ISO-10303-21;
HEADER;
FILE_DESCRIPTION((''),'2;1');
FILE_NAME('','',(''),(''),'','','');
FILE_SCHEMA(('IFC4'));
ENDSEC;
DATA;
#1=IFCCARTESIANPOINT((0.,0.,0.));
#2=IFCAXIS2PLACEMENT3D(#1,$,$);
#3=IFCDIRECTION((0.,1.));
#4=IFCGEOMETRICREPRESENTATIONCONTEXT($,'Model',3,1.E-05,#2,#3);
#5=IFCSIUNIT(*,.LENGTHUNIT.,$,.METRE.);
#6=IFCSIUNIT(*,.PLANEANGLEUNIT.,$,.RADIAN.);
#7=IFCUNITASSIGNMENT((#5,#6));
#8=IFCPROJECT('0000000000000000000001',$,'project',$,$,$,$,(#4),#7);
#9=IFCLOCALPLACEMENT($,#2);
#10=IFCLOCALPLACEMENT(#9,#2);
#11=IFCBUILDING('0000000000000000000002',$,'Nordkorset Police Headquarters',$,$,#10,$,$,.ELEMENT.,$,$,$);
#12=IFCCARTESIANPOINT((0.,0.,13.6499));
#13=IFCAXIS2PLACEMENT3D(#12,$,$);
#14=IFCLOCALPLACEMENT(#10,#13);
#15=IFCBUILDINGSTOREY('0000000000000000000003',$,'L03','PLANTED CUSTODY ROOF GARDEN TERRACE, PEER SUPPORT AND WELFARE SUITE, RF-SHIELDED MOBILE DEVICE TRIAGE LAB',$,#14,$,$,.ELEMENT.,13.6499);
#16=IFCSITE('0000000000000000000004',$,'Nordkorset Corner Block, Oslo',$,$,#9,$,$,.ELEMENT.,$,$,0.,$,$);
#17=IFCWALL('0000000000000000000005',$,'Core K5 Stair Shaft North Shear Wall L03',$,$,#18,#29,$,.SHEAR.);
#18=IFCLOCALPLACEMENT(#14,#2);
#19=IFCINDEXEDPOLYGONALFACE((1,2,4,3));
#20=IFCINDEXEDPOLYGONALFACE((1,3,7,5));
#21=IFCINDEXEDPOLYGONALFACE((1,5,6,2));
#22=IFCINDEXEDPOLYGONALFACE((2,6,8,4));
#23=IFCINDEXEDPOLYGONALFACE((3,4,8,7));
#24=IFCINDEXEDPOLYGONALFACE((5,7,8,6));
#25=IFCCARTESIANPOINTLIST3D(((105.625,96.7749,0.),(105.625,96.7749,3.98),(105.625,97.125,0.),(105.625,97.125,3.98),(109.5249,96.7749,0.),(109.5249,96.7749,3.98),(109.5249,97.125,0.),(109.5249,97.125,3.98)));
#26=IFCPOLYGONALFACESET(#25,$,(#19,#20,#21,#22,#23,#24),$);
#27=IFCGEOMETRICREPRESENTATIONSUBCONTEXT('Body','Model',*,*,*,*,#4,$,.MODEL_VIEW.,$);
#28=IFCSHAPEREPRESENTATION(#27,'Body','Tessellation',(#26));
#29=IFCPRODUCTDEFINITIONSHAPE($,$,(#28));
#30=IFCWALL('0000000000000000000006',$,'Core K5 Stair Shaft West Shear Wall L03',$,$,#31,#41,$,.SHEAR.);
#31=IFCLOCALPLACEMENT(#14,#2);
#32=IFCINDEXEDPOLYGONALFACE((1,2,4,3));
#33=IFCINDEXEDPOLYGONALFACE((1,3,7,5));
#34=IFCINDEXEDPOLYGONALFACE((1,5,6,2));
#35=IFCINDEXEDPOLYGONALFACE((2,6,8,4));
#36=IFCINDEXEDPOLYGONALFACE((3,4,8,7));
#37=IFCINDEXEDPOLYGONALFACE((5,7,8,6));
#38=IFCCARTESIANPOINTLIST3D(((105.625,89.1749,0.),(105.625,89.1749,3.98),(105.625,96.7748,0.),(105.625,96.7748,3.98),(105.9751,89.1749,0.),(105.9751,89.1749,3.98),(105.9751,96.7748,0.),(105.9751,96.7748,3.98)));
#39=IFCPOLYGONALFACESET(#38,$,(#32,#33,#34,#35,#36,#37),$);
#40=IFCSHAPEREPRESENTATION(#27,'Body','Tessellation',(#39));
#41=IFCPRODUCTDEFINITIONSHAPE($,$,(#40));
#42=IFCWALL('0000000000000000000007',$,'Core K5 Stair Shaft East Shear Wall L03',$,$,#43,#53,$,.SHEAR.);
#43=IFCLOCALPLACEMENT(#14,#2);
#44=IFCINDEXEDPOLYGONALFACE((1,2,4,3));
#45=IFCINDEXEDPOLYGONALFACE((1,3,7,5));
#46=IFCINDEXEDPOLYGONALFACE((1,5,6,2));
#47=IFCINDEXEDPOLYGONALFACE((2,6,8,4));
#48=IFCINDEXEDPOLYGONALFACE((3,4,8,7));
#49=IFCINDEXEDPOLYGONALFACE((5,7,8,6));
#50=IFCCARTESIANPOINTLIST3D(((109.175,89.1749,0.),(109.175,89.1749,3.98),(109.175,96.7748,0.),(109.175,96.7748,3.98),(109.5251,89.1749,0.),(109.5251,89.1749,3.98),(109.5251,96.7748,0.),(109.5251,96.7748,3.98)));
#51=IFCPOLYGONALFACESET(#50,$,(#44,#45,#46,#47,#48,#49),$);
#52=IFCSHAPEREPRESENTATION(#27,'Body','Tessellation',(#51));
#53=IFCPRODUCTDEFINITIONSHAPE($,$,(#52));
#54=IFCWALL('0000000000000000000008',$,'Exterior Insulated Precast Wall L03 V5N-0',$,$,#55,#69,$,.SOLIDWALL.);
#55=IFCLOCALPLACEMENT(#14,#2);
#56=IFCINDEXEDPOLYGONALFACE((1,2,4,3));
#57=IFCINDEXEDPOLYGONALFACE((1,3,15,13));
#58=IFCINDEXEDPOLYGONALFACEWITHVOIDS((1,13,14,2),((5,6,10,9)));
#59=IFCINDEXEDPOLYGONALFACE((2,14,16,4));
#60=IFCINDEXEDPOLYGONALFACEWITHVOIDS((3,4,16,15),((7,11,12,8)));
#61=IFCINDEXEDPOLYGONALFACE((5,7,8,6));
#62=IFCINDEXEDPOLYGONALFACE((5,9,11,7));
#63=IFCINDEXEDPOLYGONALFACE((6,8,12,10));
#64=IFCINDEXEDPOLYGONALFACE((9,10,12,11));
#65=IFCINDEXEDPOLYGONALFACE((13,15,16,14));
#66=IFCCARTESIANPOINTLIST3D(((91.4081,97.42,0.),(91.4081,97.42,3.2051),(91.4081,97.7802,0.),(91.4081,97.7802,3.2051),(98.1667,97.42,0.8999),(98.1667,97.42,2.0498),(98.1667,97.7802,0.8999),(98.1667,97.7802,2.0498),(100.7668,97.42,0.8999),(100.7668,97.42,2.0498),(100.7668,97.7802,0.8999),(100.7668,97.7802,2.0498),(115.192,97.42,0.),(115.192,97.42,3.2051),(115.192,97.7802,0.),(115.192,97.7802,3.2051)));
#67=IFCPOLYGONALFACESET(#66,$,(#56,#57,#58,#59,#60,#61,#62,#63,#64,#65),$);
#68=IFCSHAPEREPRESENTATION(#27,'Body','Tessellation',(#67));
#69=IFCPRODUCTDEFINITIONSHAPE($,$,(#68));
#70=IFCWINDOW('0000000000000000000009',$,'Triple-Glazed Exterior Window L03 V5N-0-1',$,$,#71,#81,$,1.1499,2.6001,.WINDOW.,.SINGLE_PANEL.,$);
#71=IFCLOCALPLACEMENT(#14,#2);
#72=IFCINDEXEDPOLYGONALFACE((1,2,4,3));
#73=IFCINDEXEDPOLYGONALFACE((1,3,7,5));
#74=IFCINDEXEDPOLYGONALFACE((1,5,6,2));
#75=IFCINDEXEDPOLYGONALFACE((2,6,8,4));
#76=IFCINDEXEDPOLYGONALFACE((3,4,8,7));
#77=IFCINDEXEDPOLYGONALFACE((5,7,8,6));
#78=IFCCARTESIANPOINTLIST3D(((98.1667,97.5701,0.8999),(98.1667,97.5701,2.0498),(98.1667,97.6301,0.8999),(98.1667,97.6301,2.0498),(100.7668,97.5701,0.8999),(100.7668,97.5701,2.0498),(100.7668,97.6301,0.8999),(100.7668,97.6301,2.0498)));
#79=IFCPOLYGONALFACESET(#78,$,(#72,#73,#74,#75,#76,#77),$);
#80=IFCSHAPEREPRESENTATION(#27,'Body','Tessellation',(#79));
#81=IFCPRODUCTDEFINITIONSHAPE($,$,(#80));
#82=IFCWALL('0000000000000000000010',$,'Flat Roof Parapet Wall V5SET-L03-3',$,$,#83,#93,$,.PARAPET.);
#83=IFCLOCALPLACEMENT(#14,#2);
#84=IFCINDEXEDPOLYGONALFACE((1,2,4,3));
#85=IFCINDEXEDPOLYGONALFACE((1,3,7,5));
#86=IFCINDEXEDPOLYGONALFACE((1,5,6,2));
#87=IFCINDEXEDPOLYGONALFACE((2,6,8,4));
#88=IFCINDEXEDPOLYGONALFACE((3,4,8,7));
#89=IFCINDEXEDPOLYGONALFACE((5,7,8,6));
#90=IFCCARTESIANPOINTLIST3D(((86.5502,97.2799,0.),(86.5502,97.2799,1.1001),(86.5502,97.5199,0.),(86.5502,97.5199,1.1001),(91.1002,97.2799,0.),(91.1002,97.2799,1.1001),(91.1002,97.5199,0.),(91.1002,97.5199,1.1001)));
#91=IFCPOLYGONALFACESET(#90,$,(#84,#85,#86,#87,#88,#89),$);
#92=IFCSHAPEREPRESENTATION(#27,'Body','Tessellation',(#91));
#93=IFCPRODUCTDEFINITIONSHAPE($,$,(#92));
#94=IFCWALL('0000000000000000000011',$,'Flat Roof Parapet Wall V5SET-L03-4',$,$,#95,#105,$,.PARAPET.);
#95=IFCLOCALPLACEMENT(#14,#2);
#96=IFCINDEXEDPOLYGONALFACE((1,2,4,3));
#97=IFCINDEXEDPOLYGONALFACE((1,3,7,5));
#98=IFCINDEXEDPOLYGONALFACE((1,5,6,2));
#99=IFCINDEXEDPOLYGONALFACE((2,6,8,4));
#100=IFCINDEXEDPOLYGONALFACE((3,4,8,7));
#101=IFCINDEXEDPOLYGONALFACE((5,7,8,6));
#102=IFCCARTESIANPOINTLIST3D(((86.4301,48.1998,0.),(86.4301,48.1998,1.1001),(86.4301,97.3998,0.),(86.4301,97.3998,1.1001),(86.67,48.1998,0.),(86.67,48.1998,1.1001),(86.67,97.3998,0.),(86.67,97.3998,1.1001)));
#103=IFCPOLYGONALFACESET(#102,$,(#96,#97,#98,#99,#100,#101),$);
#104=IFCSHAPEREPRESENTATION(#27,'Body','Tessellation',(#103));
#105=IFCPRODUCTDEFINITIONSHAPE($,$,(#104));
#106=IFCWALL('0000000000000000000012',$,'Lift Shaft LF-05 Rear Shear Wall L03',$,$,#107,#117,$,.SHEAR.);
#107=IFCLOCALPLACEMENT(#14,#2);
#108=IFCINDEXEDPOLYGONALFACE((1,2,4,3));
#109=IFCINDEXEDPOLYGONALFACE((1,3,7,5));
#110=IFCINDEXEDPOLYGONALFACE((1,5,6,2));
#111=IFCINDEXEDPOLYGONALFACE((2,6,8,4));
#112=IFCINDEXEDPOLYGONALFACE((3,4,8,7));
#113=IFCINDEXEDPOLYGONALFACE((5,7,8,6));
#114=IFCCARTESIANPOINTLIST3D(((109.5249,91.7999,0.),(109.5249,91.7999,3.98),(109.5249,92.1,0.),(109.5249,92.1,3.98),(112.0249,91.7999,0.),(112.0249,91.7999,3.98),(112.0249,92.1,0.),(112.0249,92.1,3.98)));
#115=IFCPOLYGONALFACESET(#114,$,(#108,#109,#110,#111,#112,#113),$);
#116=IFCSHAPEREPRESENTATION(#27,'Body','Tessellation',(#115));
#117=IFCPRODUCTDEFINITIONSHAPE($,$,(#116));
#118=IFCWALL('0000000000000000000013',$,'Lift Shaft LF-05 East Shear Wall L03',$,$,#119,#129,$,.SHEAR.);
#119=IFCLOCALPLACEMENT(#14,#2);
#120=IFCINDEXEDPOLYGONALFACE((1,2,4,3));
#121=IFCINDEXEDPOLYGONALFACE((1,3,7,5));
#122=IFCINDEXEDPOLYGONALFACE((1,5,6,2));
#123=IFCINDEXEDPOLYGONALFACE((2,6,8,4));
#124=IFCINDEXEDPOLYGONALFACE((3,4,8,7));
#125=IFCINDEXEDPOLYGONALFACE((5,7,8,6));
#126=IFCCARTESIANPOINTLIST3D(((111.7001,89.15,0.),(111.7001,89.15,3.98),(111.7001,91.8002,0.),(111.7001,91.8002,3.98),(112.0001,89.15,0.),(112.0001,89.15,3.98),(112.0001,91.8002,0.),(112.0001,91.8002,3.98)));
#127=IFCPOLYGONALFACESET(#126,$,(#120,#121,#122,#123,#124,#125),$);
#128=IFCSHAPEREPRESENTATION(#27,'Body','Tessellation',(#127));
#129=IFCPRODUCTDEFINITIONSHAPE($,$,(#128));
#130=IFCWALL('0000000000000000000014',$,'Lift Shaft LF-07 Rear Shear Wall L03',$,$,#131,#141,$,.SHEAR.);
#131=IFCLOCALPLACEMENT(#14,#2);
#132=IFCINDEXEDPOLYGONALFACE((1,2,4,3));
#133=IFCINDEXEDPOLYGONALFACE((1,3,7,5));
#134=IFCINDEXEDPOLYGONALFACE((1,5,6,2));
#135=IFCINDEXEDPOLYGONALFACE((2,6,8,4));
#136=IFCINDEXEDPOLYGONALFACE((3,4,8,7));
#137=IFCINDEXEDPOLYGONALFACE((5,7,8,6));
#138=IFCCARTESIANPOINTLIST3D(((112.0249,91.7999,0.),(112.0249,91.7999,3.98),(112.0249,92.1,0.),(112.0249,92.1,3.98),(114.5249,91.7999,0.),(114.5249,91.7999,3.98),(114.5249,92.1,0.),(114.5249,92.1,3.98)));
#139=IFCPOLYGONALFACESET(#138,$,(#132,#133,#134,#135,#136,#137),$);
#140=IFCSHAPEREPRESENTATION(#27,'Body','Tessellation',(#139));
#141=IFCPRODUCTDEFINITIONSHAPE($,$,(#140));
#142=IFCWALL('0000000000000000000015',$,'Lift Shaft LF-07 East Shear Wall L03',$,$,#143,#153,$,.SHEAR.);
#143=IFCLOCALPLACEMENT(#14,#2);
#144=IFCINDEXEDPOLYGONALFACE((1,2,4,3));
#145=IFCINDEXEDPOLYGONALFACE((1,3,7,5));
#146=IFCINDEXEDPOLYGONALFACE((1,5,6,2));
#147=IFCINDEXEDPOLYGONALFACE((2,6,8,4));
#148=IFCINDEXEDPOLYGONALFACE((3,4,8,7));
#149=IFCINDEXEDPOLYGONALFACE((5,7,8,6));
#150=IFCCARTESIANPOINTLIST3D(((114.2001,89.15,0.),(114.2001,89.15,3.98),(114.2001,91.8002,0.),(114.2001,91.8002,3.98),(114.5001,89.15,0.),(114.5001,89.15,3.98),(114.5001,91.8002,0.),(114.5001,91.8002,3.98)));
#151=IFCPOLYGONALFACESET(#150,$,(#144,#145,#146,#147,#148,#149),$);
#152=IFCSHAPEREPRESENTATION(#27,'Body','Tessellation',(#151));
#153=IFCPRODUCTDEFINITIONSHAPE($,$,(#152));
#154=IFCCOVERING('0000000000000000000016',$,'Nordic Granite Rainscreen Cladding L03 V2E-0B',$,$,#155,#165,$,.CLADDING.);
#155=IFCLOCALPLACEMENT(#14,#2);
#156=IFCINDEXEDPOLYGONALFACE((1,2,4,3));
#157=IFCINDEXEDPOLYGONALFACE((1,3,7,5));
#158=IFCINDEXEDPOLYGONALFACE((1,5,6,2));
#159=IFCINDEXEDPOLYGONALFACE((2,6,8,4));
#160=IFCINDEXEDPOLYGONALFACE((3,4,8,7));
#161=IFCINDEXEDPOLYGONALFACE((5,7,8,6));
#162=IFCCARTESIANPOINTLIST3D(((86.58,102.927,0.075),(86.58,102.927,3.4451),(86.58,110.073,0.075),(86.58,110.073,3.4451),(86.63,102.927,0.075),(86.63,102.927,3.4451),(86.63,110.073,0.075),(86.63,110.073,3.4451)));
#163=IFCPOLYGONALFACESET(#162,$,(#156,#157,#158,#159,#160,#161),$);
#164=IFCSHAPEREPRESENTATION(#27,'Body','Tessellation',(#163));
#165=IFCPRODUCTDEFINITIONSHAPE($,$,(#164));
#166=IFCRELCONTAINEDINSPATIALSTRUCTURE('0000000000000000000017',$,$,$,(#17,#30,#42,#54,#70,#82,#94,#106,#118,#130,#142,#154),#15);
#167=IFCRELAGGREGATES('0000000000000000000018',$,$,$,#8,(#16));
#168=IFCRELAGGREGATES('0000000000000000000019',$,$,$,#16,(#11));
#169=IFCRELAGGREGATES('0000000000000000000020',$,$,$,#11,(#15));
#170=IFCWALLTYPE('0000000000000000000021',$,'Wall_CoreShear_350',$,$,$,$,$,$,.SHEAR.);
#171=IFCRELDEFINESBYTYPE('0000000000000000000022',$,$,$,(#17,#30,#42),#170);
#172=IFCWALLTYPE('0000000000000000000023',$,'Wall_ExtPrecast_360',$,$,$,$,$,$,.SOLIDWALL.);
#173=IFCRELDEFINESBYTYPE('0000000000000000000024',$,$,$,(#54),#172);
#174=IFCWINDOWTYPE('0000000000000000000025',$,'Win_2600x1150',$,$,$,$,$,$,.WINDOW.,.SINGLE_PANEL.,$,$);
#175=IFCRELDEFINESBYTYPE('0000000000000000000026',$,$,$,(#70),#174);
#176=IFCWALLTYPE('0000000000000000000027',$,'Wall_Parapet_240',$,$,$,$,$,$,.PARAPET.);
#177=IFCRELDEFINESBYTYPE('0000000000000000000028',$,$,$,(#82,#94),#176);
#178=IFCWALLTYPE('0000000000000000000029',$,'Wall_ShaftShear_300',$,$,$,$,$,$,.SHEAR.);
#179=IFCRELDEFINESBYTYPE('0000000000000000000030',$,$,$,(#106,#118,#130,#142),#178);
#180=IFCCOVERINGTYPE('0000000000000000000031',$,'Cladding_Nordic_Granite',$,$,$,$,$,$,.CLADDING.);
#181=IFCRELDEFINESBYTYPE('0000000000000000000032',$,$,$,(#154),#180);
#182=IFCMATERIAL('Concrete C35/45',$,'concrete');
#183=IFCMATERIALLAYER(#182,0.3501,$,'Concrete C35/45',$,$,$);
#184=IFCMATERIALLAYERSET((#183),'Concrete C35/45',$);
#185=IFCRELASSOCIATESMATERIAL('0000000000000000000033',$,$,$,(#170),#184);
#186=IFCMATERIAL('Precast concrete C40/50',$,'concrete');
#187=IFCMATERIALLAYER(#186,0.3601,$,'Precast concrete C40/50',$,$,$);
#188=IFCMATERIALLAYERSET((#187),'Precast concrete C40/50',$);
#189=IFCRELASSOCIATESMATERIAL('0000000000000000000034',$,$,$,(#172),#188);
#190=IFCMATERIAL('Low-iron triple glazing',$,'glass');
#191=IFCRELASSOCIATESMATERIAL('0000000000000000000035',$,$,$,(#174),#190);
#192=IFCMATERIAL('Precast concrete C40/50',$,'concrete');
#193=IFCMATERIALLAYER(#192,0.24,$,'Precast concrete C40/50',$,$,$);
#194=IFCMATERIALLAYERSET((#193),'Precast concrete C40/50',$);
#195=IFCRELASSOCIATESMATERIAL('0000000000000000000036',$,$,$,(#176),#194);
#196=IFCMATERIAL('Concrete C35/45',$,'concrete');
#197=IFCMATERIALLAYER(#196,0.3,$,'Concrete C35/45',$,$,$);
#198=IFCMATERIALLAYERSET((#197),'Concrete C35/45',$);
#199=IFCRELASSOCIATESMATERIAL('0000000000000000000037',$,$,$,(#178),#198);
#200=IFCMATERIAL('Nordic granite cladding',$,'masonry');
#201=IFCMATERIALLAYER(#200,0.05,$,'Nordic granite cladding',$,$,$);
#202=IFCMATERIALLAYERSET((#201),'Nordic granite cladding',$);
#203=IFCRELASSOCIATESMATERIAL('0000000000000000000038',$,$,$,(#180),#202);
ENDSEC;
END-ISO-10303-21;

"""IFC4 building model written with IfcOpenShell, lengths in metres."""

from ifc_helpers import new_model, si_unit, direction, frame, frame_2d, origin, origin_2d, place, context, subcontext, project, spatial, rectangle, extrude, material, layer, layer_set, type_object, element, fill, save


model = new_model("IFC4")

# Units and contexts
model_context = context("Model", 3, precision=1e-05, world=origin(), true_north=direction((0.0, 1.0)))
body_context = subcontext(model_context, "Body", "Model", "MODEL_VIEW")
ifc_project = project(units=[si_unit("LENGTHUNIT", "METRE"), si_unit("PLANEANGLEUNIT", "RADIAN")], contexts=[model_context])

# Site, building, storey
site_placement = place(None, origin())
site = spatial("IfcSite", under=ifc_project, at=site_placement, Name="Nordkorset Corner Block, Oslo", CompositionType="ELEMENT", RefElevation=0.0)
building_placement = place(site_placement, origin())
building = spatial("IfcBuilding", under=site, at=building_placement, Name="Nordkorset Police Headquarters", CompositionType="ELEMENT")
storey_placement = place(building_placement, frame((0.0, 0.0, 13.6499)))
storey = spatial("IfcBuildingStorey", under=building, at=storey_placement, Name="L03", Description="PLANTED CUSTODY ROOF GARDEN TERRACE, PEER SUPPORT AND WELFARE SUITE, RF-SHIELDED MOBILE DEVICE TRIAGE LAB", CompositionType="ELEMENT", Elevation=13.6499)

# Walls
ifc_material_1 = material(Name="Concrete C35/45", Category="concrete")
ifc_layer_1 = layer(ifc_material_1, 0.3501, Name="Concrete C35/45")
ifc_layer_set_1 = layer_set([ifc_layer_1], Name="Concrete C35/45")
wall_type_1 = type_object("IfcWallType", Name="Wall_CoreShear_350", PredefinedType="SHEAR", material=ifc_layer_set_1)
wall_1_placement = place(storey_placement, frame((105.625, 96.95, 0.0), z_axis=(0.0, 0.0, 1.0), x_axis=(1.0, 0.0, 0.0)))
element("IfcWall", 1, at=wall_1_placement, inside=storey, type_object=wall_type_1, Name="Core K5 Stair Shaft North Shear Wall L03", PredefinedType="SHEAR", context=body_context, shape_type="SweptSolid", body=[
    extrude(rectangle(XDim=3.8999, YDim=0.3501, at=frame_2d((1.95, 0.0))), origin(), (0.0, 0.0, 1.0), 3.98),
])
for number, where, z_axis, x_axis, name in (
    (2, (105.8, 89.175, 0.0), (0.0, 0.0, 1.0), (0.0, 1.0, 0.0), "Core K5 Stair Shaft West Shear Wall L03"),
    (3, (109.3501, 89.175, 0.0), (0.0, 0.0, 1.0), (0.0, 1.0, 0.0), "Core K5 Stair Shaft East Shear Wall L03"),
):
    element("IfcWall", number, at=place(storey_placement, frame(where, z_axis=z_axis, x_axis=x_axis)), inside=storey, type_object=wall_type_1, Name=name, PredefinedType="SHEAR", context=body_context, shape_type="SweptSolid", body=[
        extrude(rectangle(XDim=7.5999, YDim=0.3501, at=frame_2d((3.7998, 0.0))), origin(), (0.0, 0.0, 1.0), 3.98),
    ])

# Wall, opening, window
ifc_material_2 = material(Name="Precast concrete C40/50", Category="concrete")
ifc_layer_2 = layer(ifc_material_2, 0.3601, Name="Precast concrete C40/50")
ifc_layer_set_2 = layer_set([ifc_layer_2], Name="Precast concrete C40/50")
wall_type_2 = type_object("IfcWallType", Name="Wall_ExtPrecast_360", PredefinedType="SOLIDWALL", material=ifc_layer_set_2)
wall_2_placement = place(storey_placement, frame((91.408, 97.6001, 0.0), z_axis=(0.0, 0.0, 1.0), x_axis=(1.0, 0.0, 0.0)))
wall_2 = element("IfcWall", 4, at=wall_2_placement, inside=storey, type_object=wall_type_2, Name="Exterior Insulated Precast Wall L03 V5N-0", PredefinedType="SOLIDWALL", context=body_context, shape_type="SweptSolid", body=[
    extrude(rectangle(XDim=23.7839, YDim=0.3601, at=frame_2d((11.8921, 0.0))), origin(), (0.0, 0.0, 1.0), 3.2051),
])
opening_placement = place(wall_2_placement, frame((6.7588, 0.0, 0.8999)))
opening = element("IfcOpeningElement", 5, at=opening_placement, cuts=wall_2, PredefinedType="OPENING", context=body_context, shape_type="SweptSolid", body=[
    extrude(rectangle(XDim=2.6001, YDim=1.1499, at=frame_2d((1.3, 0.575))), frame((0.0, 0.1899, 0.0), z_axis=(0.0, -1.0, 0.0), x_axis=(1.0, 0.0, 0.0)), (0.0, 0.0, 1.0), 0.3801),
])
ifc_material_3 = material(Name="Low-iron triple glazing", Category="glass")
window_type = type_object("IfcWindowType", Name="Win_2600x1150", PartitioningType="SINGLE_PANEL", PredefinedType="WINDOW", material=ifc_material_3)
window_placement = place(opening_placement, origin())
window = element("IfcWindow", 6, at=window_placement, inside=storey, type_object=window_type, Name="Triple-Glazed Exterior Window L03 V5N-0-1", OverallHeight=1.1499, OverallWidth=2.6001, PartitioningType="SINGLE_PANEL", PredefinedType="WINDOW", context=body_context, shape_type="SweptSolid", body=[
    extrude(rectangle(XDim=2.6001, YDim=1.1499, at=frame_2d((1.3, 0.575))), frame((0.0, 0.03, 0.0), z_axis=(0.0, -1.0, 0.0), x_axis=(1.0, 0.0, 0.0)), (0.0, 0.0, 1.0), 0.0601),
])
fill(opening, window)

# Walls
ifc_material_4 = material(Name="Precast concrete C40/50", Category="concrete")
ifc_layer_3 = layer(ifc_material_4, 0.24, Name="Precast concrete C40/50")
ifc_layer_set_3 = layer_set([ifc_layer_3], Name="Precast concrete C40/50")
wall_type_3 = type_object("IfcWallType", Name="Wall_Parapet_240", PredefinedType="PARAPET", material=ifc_layer_set_3)
wall_3_placement = place(storey_placement, frame((91.1001, 97.3999, 0.0), z_axis=(0.0, 0.0, 1.0), x_axis=(-1.0, 0.0, 0.0)))
element("IfcWall", 7, at=wall_3_placement, inside=storey, type_object=wall_type_3, Name="Flat Roof Parapet Wall V5SET-L03-3", PredefinedType="PARAPET", context=body_context, shape_type="SweptSolid", body=[
    extrude(rectangle(XDim=4.55, YDim=0.24, at=frame_2d((2.2749, 0.0))), origin(), (0.0, 0.0, 1.0), 1.1001),
])
wall_4_placement = place(storey_placement, frame((86.55, 97.3999, 0.0), z_axis=(0.0, 0.0, 1.0), x_axis=(0.0, -1.0, 0.0)))
element("IfcWall", 8, at=wall_4_placement, inside=storey, type_object=wall_type_3, Name="Flat Roof Parapet Wall V5SET-L03-4", PredefinedType="PARAPET", context=body_context, shape_type="SweptSolid", body=[
    extrude(rectangle(XDim=49.2, YDim=0.24, at=frame_2d((24.6001, 0.0))), origin(), (0.0, 0.0, 1.0), 1.1001),
])
ifc_material_5 = material(Name="Concrete C35/45", Category="concrete")
ifc_layer_4 = layer(ifc_material_5, 0.3, Name="Concrete C35/45")
ifc_layer_set_4 = layer_set([ifc_layer_4], Name="Concrete C35/45")
wall_type_4 = type_object("IfcWallType", Name="Wall_ShaftShear_300", PredefinedType="SHEAR", material=ifc_layer_set_4)
wall_5_placement = place(storey_placement, frame((109.5249, 91.95, 0.0), z_axis=(0.0, 0.0, 1.0), x_axis=(1.0, 0.0, 0.0)))
element("IfcWall", 9, at=wall_5_placement, inside=storey, type_object=wall_type_4, Name="Lift Shaft LF-05 Rear Shear Wall L03", PredefinedType="SHEAR", context=body_context, shape_type="SweptSolid", body=[
    extrude(rectangle(XDim=2.5, YDim=0.3, at=frame_2d((1.25, 0.0))), origin(), (0.0, 0.0, 1.0), 3.98),
])
wall_6_placement = place(storey_placement, frame((111.8501, 89.1499, 0.0), z_axis=(0.0, 0.0, 1.0), x_axis=(0.0, 1.0, 0.0)))
element("IfcWall", 10, at=wall_6_placement, inside=storey, type_object=wall_type_4, Name="Lift Shaft LF-05 East Shear Wall L03", PredefinedType="SHEAR", context=body_context, shape_type="SweptSolid", body=[
    extrude(rectangle(XDim=2.6501, YDim=0.3, at=frame_2d((1.3252, 0.0))), origin(), (0.0, 0.0, 1.0), 3.98),
])
wall_7_placement = place(storey_placement, frame((112.0249, 91.95, 0.0), z_axis=(0.0, 0.0, 1.0), x_axis=(1.0, 0.0, 0.0)))
element("IfcWall", 11, at=wall_7_placement, inside=storey, type_object=wall_type_4, Name="Lift Shaft LF-07 Rear Shear Wall L03", PredefinedType="SHEAR", context=body_context, shape_type="SweptSolid", body=[
    extrude(rectangle(XDim=2.5, YDim=0.3, at=frame_2d((1.25, 0.0))), origin(), (0.0, 0.0, 1.0), 3.98),
])
wall_8_placement = place(storey_placement, frame((114.3501, 89.1499, 0.0), z_axis=(0.0, 0.0, 1.0), x_axis=(0.0, 1.0, 0.0)))
element("IfcWall", 12, at=wall_8_placement, inside=storey, type_object=wall_type_4, Name="Lift Shaft LF-07 East Shear Wall L03", PredefinedType="SHEAR", context=body_context, shape_type="SweptSolid", body=[
    extrude(rectangle(XDim=2.6501, YDim=0.3, at=frame_2d((1.3252, 0.0))), origin(), (0.0, 0.0, 1.0), 3.98),
])

# Covering
ifc_material_6 = material(Name="Nordic granite cladding", Category="masonry")
ifc_layer_5 = layer(ifc_material_6, 0.05, Name="Nordic granite cladding")
ifc_layer_set_5 = layer_set([ifc_layer_5], Name="Nordic granite cladding")
covering_type = type_object("IfcCoveringType", Name="Cladding_Nordic_Granite", PredefinedType="CLADDING", material=ifc_layer_set_5)
covering_placement = place(storey_placement, frame((86.605, 106.5, 0.075), z_axis=(0.0, 0.0, 1.0), x_axis=(0.0, 1.0, 0.0)))
element("IfcCovering", 13, at=covering_placement, inside=storey, type_object=covering_type, Name="Nordic Granite Rainscreen Cladding L03 V2E-0B", PredefinedType="CLADDING", context=body_context, shape_type="SweptSolid", body=[
    extrude(rectangle(XDim=7.146, YDim=0.05, at=origin_2d()), origin(), (0.0, 0.0, 1.0), 3.3701),
])

save(model, "model.ifc")
